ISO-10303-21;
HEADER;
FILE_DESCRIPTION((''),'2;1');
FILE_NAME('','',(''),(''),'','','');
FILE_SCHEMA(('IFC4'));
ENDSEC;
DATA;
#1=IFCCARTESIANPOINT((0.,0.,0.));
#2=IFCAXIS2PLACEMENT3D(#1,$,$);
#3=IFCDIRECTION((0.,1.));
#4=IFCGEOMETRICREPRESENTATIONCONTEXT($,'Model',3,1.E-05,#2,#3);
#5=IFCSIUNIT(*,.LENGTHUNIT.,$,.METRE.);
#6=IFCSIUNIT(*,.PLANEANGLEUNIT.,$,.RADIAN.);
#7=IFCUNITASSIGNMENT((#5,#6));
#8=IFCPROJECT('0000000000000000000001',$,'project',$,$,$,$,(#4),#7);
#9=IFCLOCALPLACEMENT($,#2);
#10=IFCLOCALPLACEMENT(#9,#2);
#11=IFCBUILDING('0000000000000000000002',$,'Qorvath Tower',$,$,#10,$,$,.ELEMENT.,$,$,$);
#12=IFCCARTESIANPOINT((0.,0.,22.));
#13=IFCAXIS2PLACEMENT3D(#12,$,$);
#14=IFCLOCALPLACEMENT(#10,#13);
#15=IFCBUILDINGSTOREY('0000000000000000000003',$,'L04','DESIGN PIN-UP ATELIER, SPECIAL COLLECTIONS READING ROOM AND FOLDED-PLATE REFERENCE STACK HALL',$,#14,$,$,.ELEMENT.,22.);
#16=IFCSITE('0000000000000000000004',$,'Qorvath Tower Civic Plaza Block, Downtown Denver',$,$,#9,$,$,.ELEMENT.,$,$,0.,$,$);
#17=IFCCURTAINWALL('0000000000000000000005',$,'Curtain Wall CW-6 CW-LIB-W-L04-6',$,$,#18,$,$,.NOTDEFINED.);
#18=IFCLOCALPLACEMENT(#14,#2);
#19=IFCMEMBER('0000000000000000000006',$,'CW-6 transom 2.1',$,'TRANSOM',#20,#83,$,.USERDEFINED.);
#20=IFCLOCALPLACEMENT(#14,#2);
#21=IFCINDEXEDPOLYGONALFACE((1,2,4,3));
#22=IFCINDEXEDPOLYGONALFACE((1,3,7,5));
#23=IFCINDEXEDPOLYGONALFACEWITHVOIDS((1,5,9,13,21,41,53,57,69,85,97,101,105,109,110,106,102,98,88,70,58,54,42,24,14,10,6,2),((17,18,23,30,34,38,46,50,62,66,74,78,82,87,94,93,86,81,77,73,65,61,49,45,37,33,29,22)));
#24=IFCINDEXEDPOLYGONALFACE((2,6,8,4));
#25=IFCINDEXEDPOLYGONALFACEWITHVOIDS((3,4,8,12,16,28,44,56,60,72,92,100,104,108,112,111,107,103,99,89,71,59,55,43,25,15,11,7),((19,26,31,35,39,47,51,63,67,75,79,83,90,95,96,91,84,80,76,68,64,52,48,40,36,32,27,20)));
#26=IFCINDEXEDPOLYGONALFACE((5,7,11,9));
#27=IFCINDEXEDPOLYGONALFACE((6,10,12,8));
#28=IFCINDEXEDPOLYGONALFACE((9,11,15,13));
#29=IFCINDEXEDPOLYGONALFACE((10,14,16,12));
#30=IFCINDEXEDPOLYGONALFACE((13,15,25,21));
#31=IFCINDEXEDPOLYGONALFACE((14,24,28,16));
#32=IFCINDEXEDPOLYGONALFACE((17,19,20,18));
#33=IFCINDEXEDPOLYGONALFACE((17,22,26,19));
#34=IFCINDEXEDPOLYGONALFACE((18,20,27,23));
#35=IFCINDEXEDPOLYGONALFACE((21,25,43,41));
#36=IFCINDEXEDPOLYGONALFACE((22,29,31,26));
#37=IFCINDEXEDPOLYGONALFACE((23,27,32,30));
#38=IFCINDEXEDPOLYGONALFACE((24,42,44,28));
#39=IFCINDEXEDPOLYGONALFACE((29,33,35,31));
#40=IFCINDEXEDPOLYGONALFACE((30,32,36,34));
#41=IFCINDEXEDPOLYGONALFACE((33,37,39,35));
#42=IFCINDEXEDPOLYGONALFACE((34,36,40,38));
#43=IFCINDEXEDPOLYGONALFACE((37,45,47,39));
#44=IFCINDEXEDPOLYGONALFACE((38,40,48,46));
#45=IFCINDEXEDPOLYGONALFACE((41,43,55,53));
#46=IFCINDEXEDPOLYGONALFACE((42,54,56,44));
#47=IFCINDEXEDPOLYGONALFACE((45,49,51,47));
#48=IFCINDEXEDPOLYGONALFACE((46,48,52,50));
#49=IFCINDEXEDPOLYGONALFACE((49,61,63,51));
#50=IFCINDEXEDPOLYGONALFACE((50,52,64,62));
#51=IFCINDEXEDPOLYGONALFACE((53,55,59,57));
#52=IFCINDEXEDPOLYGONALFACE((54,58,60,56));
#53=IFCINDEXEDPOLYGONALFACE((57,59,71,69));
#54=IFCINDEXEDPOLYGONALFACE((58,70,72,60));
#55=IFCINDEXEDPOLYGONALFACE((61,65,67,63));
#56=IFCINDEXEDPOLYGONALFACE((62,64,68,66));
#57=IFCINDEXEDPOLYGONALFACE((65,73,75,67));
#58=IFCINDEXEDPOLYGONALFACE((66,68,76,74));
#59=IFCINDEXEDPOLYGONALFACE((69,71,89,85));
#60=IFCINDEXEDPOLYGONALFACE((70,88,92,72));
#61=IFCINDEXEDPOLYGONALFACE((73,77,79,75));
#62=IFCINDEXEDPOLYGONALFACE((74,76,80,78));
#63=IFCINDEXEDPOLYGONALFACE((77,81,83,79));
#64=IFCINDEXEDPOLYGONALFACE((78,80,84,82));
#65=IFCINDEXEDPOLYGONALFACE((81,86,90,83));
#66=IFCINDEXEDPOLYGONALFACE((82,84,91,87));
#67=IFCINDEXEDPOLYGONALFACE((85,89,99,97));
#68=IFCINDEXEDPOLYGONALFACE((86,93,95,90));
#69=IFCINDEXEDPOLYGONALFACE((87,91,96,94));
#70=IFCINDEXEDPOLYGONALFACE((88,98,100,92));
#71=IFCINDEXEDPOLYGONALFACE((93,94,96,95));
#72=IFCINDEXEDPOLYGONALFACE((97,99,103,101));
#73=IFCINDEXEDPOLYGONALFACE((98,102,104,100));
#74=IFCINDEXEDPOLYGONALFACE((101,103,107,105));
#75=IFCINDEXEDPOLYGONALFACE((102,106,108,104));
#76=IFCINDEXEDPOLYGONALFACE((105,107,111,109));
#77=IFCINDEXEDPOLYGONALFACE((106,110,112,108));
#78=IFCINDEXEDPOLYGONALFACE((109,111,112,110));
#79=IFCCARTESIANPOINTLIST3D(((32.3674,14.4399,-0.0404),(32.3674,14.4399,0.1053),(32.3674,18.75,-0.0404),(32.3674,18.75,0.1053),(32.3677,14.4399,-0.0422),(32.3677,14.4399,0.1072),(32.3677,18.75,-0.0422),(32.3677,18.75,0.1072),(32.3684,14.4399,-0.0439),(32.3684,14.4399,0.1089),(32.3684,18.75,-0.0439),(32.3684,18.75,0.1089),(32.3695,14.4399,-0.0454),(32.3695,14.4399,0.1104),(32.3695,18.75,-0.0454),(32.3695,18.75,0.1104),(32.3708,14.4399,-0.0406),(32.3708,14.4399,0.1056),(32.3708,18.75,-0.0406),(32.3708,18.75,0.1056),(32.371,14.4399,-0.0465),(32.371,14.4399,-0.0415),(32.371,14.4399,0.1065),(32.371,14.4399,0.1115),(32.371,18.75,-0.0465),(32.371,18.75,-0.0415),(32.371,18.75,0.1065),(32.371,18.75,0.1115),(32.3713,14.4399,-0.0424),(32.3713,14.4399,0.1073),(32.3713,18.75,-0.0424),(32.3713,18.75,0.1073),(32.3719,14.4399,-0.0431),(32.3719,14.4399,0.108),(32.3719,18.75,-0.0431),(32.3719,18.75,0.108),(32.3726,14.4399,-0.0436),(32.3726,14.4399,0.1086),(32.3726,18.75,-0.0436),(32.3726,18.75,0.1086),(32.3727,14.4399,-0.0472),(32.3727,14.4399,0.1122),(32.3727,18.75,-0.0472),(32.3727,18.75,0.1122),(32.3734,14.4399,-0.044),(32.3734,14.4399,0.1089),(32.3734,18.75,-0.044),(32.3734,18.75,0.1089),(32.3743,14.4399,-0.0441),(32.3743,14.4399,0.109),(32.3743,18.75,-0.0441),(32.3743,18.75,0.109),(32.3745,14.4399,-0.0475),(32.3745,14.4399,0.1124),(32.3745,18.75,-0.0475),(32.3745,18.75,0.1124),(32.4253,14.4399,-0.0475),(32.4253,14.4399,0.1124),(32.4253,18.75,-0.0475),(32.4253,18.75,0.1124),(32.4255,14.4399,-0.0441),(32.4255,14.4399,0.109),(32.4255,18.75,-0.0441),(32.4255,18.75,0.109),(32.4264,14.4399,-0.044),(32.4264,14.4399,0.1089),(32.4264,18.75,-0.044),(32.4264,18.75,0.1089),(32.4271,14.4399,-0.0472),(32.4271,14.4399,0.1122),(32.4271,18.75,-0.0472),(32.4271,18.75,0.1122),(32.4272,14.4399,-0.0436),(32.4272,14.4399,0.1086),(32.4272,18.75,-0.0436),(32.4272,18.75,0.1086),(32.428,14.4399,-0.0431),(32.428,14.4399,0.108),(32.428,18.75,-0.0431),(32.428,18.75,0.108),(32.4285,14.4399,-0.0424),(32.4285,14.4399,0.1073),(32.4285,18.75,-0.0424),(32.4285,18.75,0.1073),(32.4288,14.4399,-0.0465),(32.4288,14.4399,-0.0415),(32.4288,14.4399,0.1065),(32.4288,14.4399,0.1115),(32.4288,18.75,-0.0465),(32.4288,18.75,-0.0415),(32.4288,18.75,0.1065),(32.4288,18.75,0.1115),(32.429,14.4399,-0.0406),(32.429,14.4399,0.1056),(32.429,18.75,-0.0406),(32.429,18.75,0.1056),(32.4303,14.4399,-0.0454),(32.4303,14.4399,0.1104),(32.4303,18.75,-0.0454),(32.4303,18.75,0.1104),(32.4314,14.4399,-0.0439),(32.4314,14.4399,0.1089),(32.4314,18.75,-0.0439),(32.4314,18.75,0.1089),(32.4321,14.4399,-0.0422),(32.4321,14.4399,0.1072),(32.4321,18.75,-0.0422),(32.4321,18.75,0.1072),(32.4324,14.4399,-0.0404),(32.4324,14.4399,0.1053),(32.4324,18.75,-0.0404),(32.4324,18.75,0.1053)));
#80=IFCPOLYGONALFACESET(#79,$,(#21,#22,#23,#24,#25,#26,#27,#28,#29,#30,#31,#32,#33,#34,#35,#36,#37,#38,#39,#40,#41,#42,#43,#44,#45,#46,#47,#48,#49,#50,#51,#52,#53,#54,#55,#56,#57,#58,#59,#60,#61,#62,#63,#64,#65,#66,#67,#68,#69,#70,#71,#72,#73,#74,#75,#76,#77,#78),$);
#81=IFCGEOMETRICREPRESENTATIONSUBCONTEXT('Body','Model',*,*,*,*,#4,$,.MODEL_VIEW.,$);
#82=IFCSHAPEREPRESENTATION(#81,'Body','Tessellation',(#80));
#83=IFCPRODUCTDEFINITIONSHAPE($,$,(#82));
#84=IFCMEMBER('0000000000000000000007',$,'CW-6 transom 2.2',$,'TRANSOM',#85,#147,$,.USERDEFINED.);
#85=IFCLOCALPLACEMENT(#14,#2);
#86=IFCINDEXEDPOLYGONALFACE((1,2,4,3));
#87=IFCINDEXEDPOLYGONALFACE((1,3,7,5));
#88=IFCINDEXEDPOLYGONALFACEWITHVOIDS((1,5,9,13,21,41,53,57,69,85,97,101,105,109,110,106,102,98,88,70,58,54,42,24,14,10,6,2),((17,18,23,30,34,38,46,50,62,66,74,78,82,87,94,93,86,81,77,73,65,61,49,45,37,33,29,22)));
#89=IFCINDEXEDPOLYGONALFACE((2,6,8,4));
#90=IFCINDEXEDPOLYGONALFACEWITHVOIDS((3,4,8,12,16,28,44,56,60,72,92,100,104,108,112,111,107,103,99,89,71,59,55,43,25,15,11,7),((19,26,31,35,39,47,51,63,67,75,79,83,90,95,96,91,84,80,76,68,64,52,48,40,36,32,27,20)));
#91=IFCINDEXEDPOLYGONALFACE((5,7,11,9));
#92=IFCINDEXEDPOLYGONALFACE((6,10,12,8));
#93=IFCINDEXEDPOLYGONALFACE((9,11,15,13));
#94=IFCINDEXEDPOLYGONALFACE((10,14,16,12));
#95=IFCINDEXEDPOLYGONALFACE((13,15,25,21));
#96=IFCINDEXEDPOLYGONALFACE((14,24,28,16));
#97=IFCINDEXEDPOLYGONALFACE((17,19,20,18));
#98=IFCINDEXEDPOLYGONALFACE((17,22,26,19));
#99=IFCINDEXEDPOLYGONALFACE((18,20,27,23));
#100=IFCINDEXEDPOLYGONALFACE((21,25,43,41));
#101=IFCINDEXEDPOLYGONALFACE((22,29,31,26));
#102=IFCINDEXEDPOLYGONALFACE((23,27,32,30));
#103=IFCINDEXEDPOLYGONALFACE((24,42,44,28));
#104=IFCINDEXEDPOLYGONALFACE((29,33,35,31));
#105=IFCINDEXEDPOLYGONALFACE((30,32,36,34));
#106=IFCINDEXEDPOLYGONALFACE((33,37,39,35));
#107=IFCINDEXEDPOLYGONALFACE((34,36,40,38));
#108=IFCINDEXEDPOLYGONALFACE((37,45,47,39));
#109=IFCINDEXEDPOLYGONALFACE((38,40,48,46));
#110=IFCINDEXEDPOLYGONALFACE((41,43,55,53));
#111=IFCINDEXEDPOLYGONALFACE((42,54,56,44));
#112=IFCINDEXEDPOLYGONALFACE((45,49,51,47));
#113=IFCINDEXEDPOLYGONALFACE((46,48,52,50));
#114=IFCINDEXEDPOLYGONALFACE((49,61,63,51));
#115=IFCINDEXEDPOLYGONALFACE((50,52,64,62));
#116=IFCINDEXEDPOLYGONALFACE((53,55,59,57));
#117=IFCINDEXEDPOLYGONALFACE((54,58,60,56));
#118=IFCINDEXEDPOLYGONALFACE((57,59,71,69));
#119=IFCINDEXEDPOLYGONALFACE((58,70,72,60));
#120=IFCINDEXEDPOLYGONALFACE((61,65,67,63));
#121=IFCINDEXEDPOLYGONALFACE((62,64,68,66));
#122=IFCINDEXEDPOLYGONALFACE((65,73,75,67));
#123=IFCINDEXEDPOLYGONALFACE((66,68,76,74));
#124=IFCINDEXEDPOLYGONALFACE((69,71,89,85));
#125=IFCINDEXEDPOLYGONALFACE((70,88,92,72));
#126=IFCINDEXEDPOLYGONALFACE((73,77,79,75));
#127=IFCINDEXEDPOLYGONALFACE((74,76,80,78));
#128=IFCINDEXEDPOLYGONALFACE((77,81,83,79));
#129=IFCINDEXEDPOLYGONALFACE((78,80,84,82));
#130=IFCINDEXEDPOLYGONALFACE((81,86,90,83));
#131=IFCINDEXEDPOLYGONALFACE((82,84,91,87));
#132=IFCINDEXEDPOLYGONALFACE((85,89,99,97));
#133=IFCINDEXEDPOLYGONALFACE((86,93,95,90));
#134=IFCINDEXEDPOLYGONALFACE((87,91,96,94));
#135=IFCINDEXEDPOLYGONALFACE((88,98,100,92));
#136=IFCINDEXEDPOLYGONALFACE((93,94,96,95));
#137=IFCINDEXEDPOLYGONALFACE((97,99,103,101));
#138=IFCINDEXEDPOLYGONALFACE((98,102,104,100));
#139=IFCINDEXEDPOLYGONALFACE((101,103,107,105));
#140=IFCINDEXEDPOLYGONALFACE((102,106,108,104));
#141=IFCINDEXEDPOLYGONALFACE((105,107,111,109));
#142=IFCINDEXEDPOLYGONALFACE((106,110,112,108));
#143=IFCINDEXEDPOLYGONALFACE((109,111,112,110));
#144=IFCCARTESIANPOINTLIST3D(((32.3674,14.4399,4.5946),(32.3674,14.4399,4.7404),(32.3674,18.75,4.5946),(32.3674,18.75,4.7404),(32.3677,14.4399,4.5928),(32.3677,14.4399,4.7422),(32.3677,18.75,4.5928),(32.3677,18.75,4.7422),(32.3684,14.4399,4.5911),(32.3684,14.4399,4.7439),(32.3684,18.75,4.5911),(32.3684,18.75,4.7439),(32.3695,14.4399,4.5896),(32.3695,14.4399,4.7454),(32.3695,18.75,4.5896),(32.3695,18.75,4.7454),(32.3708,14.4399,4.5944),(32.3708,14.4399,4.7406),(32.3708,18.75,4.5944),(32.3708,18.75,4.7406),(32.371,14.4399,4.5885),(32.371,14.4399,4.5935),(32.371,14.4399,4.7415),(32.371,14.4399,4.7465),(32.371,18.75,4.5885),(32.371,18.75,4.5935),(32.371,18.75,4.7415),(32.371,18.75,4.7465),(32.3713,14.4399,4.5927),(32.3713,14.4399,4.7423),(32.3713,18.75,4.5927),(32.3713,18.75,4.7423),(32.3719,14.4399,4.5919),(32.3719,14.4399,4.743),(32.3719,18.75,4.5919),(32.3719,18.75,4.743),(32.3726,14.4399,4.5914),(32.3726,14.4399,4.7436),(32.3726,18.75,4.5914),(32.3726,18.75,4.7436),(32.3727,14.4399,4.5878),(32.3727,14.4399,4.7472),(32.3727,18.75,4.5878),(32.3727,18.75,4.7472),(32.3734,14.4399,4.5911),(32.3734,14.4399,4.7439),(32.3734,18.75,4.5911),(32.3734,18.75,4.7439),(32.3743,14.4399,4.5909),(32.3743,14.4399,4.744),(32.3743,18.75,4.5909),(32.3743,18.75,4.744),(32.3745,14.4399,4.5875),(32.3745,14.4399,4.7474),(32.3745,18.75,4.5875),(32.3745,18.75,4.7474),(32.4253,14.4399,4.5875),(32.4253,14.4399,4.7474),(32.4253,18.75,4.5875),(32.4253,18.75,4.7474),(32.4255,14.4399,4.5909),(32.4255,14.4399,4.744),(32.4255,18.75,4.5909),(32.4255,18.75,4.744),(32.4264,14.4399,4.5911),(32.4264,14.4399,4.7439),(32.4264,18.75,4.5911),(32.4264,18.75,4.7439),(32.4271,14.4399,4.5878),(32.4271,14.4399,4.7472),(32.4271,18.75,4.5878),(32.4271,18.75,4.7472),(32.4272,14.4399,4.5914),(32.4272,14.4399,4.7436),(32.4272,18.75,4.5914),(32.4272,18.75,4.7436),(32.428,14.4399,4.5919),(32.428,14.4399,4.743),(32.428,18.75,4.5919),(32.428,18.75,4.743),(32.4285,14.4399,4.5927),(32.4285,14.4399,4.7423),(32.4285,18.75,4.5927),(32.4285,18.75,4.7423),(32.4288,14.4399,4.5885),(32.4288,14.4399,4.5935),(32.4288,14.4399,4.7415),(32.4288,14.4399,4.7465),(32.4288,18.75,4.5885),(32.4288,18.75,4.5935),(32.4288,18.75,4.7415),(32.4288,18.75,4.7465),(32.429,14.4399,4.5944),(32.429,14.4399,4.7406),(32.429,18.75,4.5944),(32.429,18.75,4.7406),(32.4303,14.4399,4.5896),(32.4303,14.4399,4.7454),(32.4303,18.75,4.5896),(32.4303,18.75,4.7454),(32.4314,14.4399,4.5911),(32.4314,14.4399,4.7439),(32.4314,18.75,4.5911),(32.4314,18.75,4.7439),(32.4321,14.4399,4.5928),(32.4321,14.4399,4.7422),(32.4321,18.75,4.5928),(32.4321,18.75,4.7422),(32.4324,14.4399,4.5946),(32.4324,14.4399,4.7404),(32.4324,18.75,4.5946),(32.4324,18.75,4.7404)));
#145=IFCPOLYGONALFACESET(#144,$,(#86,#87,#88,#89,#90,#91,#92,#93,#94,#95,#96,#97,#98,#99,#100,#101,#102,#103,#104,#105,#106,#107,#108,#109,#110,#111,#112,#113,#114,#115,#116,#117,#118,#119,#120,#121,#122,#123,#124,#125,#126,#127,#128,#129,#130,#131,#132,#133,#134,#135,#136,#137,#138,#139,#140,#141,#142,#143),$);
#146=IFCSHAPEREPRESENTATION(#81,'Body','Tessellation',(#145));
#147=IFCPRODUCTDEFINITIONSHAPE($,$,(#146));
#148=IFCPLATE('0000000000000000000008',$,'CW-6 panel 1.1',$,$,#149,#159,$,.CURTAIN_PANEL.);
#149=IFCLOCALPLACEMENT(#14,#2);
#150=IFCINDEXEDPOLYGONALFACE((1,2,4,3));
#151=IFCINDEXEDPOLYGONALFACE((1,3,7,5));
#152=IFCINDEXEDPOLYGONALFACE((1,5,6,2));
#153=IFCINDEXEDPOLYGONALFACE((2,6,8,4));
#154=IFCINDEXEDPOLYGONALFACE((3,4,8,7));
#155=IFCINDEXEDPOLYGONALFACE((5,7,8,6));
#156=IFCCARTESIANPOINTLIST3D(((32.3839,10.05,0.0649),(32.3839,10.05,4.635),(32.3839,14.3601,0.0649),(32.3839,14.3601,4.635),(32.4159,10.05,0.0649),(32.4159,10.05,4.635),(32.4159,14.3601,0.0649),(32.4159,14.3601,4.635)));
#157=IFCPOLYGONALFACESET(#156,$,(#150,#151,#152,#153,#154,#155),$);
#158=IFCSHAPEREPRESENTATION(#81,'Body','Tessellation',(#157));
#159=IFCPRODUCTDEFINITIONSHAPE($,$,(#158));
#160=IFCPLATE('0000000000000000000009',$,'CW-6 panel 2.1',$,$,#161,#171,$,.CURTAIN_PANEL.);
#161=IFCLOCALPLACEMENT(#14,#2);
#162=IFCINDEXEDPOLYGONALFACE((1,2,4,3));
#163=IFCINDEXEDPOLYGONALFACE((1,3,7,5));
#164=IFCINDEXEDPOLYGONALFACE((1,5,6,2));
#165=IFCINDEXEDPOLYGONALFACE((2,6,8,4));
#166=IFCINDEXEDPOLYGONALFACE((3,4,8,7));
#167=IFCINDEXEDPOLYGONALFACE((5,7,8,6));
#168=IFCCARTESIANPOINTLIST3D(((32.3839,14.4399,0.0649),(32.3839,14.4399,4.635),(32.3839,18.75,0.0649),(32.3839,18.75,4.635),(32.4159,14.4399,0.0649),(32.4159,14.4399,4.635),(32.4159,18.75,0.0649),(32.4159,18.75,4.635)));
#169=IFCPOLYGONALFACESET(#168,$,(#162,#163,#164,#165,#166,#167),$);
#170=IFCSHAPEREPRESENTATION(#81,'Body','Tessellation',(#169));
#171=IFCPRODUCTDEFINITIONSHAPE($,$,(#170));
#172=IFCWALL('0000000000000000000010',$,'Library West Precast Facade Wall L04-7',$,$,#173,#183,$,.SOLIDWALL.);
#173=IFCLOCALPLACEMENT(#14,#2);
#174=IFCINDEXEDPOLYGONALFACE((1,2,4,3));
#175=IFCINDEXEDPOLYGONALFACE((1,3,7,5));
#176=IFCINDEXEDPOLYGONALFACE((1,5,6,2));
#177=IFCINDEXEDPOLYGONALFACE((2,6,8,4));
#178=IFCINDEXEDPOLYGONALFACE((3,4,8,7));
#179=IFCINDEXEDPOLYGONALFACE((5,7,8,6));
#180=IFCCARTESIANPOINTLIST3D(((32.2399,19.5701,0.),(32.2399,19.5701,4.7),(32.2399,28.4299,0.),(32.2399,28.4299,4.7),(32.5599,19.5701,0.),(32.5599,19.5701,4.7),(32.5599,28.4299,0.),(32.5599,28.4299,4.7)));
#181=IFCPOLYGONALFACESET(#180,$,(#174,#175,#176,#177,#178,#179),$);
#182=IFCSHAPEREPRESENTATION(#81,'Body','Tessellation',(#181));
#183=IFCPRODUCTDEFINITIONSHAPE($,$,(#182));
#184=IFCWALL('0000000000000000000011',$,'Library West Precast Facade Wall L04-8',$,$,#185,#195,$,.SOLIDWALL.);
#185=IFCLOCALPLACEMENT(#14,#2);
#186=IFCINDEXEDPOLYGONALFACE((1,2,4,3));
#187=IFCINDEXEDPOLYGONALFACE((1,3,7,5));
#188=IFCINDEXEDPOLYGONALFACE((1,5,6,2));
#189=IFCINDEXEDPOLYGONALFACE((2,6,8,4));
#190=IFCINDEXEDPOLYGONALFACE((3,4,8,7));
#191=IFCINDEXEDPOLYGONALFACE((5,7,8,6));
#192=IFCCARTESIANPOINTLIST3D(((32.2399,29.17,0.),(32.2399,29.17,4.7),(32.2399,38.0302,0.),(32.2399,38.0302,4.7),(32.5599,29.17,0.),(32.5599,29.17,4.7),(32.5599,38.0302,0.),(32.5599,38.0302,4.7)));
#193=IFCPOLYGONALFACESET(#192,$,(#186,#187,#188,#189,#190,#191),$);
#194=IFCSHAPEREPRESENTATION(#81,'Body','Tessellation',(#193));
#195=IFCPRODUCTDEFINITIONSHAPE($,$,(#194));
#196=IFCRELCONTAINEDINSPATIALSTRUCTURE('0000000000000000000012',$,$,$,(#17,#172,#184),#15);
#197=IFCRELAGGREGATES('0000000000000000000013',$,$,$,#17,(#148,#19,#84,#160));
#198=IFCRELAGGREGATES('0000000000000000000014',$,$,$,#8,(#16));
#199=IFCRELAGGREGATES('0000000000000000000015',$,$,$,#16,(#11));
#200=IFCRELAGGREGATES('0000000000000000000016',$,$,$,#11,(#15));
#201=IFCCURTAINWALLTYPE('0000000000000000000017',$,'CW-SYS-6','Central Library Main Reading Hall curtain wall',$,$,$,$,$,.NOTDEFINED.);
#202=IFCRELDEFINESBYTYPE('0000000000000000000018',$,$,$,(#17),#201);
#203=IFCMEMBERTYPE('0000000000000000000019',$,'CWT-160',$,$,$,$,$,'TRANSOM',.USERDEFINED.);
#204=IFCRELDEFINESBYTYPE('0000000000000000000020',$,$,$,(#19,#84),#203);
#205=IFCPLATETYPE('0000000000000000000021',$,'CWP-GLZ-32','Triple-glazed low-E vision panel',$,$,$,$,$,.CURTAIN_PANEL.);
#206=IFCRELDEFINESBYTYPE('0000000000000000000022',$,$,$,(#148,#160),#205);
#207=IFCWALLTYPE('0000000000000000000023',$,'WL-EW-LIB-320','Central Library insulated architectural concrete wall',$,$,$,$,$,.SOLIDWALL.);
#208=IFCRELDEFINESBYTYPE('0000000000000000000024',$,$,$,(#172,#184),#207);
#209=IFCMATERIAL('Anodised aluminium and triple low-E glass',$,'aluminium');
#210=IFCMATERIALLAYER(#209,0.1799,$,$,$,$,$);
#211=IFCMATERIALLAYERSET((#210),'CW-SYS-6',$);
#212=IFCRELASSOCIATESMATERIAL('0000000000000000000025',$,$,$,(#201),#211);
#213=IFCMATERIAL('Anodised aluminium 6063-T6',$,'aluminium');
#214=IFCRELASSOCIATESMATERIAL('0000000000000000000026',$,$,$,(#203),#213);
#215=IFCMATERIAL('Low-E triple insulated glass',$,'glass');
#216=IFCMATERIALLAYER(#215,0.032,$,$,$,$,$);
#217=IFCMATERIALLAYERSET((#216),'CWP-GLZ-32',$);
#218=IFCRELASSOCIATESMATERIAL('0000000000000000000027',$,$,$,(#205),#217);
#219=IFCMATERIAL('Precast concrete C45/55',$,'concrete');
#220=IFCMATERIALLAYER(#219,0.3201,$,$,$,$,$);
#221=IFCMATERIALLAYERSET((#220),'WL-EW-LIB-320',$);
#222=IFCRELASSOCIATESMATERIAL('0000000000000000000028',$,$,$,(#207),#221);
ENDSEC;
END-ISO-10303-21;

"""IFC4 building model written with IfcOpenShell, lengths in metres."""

from ifc_helpers import new_model, si_unit, direction, frame, frame_2d, origin, origin_2d, place, context, subcontext, project, spatial, rectangle, hollow_rectangle, extrude, material, layer, layer_set, material_profile, profile_set, type_object, element, aggregate, save


model = new_model("IFC4")

# Units and contexts
model_context = context("Model", 3, precision=1e-05, world=origin(), true_north=direction((0.0, 1.0)))
body_context = subcontext(model_context, "Body", "Model", "MODEL_VIEW")
ifc_project = project(units=[si_unit("LENGTHUNIT", "METRE"), si_unit("PLANEANGLEUNIT", "RADIAN")], contexts=[model_context])

# Site, building, storey
site_placement = place(None, origin())
site = spatial("IfcSite", under=ifc_project, at=site_placement, Name="Qorvath Tower Civic Plaza Block, Downtown Denver", CompositionType="ELEMENT", RefElevation=0.0)
building_placement = place(site_placement, origin())
building = spatial("IfcBuilding", under=site, at=building_placement, Name="Qorvath Tower", CompositionType="ELEMENT")
storey_placement = place(building_placement, frame((0.0, 0.0, 22.0)))
storey = spatial("IfcBuildingStorey", under=building, at=storey_placement, Name="L04", Description="DESIGN PIN-UP ATELIER, SPECIAL COLLECTIONS READING ROOM AND FOLDED-PLATE REFERENCE STACK HALL", CompositionType="ELEMENT", Elevation=22.0)

# Curtain wall, members, plates
ifc_material_1 = material(Name="Anodised aluminium and triple low-E glass", Category="aluminium")
ifc_layer_1 = layer(ifc_material_1, 0.1799)
ifc_layer_set_1 = layer_set([ifc_layer_1], Name="CW-SYS-6")
curtain_wall_type = type_object("IfcCurtainWallType", Name="CW-SYS-6", Description="Central Library Main Reading Hall curtain wall", PredefinedType="NOTDEFINED", material=ifc_layer_set_1)
curtain_wall_placement = place(storey_placement, origin())
curtain_wall = element("IfcCurtainWall", 1, at=curtain_wall_placement, inside=storey, type_object=curtain_wall_type, Name="Curtain Wall CW-6 CW-LIB-W-L04-6", PredefinedType="NOTDEFINED")
ifc_material_2 = material(Name="Anodised aluminium 6063-T6", Category="aluminium")
ifc_material_profile_1 = material_profile(ifc_material_2, hollow_rectangle(XDim=0.0649, YDim=0.1599, WallThickness=0.0034, InnerFilletRadius=0.0034, OuterFilletRadius=0.0071, at=origin_2d()), Name="CWT 160x65")
ifc_profile_set_1 = profile_set([ifc_material_profile_1], Name="Anodised aluminium 6063-T6")
member_type_1 = type_object("IfcMemberType", Name="CWT-160", ElementType="TRANSOM", PredefinedType="USERDEFINED", material=ifc_profile_set_1)
member_1_placement = place(storey_placement, frame((32.3999, 14.4399, 0.0325), z_axis=(0.0, 1.0, 0.0), x_axis=(-1.0, 0.0, 0.0)))
member_1 = element("IfcMember", 2, at=member_1_placement, type_object=member_type_1, Name="CW-6 transom 2.1", ObjectType="TRANSOM", PredefinedType="USERDEFINED", context=body_context, shape_type="SweptSolid", body=[
    extrude(hollow_rectangle(XDim=0.0649, YDim=0.1599, WallThickness=0.0034, InnerFilletRadius=0.0034, OuterFilletRadius=0.0071, at=origin_2d()), origin(), (0.0, 0.0, 1.0), 4.3101),
])
member_2_placement = place(storey_placement, frame((32.3999, 14.4399, 4.6675), z_axis=(0.0, 1.0, 0.0), x_axis=(-1.0, 0.0, 0.0)))
member_2 = element("IfcMember", 3, at=member_2_placement, type_object=member_type_1, Name="CW-6 transom 2.2", ObjectType="TRANSOM", PredefinedType="USERDEFINED", context=body_context, shape_type="SweptSolid", body=[
    extrude(hollow_rectangle(XDim=0.0649, YDim=0.1599, WallThickness=0.0034, InnerFilletRadius=0.0034, OuterFilletRadius=0.0071, at=origin_2d()), origin(), (0.0, 0.0, 1.0), 4.3101),
])
ifc_material_3 = material(Name="Low-E triple insulated glass", Category="glass")
ifc_layer_2 = layer(ifc_material_3, 0.032)
ifc_layer_set_2 = layer_set([ifc_layer_2], Name="CWP-GLZ-32")
plate_type = type_object("IfcPlateType", Name="CWP-GLZ-32", Description="Triple-glazed low-E vision panel", PredefinedType="CURTAIN_PANEL", material=ifc_layer_set_2)
plate_1_placement = place(storey_placement, frame((32.3999, 12.2051, 0.0649), z_axis=(0.0, 0.0, 1.0), x_axis=(0.0, 1.0, 0.0)))
plate_1 = element("IfcPlate", 4, at=plate_1_placement, type_object=plate_type, Name="CW-6 panel 1.1", PredefinedType="CURTAIN_PANEL", context=body_context, shape_type="SweptSolid", body=[
    extrude(rectangle(XDim=4.3101, YDim=0.032, at=origin_2d()), origin(), (0.0, 0.0, 1.0), 4.5701),
])
plate_2_placement = place(storey_placement, frame((32.3999, 16.595, 0.0649), z_axis=(0.0, 0.0, 1.0), x_axis=(0.0, 1.0, 0.0)))
plate_2 = element("IfcPlate", 5, at=plate_2_placement, type_object=plate_type, Name="CW-6 panel 2.1", PredefinedType="CURTAIN_PANEL", context=body_context, shape_type="SweptSolid", body=[
    extrude(rectangle(XDim=4.3101, YDim=0.032, at=origin_2d()), origin(), (0.0, 0.0, 1.0), 4.5701),
])
aggregate(curtain_wall, [plate_1, member_1, member_2, plate_2])

# Walls
ifc_material_4 = material(Name="Precast concrete C45/55", Category="concrete")
ifc_layer_3 = layer(ifc_material_4, 0.3201)
ifc_layer_set_3 = layer_set([ifc_layer_3], Name="WL-EW-LIB-320")
wall_type_1 = type_object("IfcWallType", Name="WL-EW-LIB-320", Description="Central Library insulated architectural concrete wall", PredefinedType="SOLIDWALL", material=ifc_layer_set_3)
wall_1_placement = place(storey_placement, frame((32.3999, 19.5701, 0.0), z_axis=(0.0, 0.0, 1.0), x_axis=(0.0, 1.0, 0.0)))
element("IfcWall", 6, at=wall_1_placement, inside=storey, type_object=wall_type_1, Name="Library West Precast Facade Wall L04-7", PredefinedType="SOLIDWALL", context=body_context, shape_type="SweptSolid", body=[
    extrude(rectangle(XDim=8.8599, YDim=0.3201, at=frame_2d((4.4299, 0.0))), origin(), (0.0, 0.0, 1.0), 4.7),
])
wall_2_placement = place(storey_placement, frame((32.3999, 29.1699, 0.0), z_axis=(0.0, 0.0, 1.0), x_axis=(0.0, 1.0, 0.0)))
element("IfcWall", 7, at=wall_2_placement, inside=storey, type_object=wall_type_1, Name="Library West Precast Facade Wall L04-8", PredefinedType="SOLIDWALL", context=body_context, shape_type="SweptSolid", body=[
    extrude(rectangle(XDim=8.8601, YDim=0.3201, at=frame_2d((4.4302, 0.0))), origin(), (0.0, 0.0, 1.0), 4.7),
])

save(model, "model.ifc")
